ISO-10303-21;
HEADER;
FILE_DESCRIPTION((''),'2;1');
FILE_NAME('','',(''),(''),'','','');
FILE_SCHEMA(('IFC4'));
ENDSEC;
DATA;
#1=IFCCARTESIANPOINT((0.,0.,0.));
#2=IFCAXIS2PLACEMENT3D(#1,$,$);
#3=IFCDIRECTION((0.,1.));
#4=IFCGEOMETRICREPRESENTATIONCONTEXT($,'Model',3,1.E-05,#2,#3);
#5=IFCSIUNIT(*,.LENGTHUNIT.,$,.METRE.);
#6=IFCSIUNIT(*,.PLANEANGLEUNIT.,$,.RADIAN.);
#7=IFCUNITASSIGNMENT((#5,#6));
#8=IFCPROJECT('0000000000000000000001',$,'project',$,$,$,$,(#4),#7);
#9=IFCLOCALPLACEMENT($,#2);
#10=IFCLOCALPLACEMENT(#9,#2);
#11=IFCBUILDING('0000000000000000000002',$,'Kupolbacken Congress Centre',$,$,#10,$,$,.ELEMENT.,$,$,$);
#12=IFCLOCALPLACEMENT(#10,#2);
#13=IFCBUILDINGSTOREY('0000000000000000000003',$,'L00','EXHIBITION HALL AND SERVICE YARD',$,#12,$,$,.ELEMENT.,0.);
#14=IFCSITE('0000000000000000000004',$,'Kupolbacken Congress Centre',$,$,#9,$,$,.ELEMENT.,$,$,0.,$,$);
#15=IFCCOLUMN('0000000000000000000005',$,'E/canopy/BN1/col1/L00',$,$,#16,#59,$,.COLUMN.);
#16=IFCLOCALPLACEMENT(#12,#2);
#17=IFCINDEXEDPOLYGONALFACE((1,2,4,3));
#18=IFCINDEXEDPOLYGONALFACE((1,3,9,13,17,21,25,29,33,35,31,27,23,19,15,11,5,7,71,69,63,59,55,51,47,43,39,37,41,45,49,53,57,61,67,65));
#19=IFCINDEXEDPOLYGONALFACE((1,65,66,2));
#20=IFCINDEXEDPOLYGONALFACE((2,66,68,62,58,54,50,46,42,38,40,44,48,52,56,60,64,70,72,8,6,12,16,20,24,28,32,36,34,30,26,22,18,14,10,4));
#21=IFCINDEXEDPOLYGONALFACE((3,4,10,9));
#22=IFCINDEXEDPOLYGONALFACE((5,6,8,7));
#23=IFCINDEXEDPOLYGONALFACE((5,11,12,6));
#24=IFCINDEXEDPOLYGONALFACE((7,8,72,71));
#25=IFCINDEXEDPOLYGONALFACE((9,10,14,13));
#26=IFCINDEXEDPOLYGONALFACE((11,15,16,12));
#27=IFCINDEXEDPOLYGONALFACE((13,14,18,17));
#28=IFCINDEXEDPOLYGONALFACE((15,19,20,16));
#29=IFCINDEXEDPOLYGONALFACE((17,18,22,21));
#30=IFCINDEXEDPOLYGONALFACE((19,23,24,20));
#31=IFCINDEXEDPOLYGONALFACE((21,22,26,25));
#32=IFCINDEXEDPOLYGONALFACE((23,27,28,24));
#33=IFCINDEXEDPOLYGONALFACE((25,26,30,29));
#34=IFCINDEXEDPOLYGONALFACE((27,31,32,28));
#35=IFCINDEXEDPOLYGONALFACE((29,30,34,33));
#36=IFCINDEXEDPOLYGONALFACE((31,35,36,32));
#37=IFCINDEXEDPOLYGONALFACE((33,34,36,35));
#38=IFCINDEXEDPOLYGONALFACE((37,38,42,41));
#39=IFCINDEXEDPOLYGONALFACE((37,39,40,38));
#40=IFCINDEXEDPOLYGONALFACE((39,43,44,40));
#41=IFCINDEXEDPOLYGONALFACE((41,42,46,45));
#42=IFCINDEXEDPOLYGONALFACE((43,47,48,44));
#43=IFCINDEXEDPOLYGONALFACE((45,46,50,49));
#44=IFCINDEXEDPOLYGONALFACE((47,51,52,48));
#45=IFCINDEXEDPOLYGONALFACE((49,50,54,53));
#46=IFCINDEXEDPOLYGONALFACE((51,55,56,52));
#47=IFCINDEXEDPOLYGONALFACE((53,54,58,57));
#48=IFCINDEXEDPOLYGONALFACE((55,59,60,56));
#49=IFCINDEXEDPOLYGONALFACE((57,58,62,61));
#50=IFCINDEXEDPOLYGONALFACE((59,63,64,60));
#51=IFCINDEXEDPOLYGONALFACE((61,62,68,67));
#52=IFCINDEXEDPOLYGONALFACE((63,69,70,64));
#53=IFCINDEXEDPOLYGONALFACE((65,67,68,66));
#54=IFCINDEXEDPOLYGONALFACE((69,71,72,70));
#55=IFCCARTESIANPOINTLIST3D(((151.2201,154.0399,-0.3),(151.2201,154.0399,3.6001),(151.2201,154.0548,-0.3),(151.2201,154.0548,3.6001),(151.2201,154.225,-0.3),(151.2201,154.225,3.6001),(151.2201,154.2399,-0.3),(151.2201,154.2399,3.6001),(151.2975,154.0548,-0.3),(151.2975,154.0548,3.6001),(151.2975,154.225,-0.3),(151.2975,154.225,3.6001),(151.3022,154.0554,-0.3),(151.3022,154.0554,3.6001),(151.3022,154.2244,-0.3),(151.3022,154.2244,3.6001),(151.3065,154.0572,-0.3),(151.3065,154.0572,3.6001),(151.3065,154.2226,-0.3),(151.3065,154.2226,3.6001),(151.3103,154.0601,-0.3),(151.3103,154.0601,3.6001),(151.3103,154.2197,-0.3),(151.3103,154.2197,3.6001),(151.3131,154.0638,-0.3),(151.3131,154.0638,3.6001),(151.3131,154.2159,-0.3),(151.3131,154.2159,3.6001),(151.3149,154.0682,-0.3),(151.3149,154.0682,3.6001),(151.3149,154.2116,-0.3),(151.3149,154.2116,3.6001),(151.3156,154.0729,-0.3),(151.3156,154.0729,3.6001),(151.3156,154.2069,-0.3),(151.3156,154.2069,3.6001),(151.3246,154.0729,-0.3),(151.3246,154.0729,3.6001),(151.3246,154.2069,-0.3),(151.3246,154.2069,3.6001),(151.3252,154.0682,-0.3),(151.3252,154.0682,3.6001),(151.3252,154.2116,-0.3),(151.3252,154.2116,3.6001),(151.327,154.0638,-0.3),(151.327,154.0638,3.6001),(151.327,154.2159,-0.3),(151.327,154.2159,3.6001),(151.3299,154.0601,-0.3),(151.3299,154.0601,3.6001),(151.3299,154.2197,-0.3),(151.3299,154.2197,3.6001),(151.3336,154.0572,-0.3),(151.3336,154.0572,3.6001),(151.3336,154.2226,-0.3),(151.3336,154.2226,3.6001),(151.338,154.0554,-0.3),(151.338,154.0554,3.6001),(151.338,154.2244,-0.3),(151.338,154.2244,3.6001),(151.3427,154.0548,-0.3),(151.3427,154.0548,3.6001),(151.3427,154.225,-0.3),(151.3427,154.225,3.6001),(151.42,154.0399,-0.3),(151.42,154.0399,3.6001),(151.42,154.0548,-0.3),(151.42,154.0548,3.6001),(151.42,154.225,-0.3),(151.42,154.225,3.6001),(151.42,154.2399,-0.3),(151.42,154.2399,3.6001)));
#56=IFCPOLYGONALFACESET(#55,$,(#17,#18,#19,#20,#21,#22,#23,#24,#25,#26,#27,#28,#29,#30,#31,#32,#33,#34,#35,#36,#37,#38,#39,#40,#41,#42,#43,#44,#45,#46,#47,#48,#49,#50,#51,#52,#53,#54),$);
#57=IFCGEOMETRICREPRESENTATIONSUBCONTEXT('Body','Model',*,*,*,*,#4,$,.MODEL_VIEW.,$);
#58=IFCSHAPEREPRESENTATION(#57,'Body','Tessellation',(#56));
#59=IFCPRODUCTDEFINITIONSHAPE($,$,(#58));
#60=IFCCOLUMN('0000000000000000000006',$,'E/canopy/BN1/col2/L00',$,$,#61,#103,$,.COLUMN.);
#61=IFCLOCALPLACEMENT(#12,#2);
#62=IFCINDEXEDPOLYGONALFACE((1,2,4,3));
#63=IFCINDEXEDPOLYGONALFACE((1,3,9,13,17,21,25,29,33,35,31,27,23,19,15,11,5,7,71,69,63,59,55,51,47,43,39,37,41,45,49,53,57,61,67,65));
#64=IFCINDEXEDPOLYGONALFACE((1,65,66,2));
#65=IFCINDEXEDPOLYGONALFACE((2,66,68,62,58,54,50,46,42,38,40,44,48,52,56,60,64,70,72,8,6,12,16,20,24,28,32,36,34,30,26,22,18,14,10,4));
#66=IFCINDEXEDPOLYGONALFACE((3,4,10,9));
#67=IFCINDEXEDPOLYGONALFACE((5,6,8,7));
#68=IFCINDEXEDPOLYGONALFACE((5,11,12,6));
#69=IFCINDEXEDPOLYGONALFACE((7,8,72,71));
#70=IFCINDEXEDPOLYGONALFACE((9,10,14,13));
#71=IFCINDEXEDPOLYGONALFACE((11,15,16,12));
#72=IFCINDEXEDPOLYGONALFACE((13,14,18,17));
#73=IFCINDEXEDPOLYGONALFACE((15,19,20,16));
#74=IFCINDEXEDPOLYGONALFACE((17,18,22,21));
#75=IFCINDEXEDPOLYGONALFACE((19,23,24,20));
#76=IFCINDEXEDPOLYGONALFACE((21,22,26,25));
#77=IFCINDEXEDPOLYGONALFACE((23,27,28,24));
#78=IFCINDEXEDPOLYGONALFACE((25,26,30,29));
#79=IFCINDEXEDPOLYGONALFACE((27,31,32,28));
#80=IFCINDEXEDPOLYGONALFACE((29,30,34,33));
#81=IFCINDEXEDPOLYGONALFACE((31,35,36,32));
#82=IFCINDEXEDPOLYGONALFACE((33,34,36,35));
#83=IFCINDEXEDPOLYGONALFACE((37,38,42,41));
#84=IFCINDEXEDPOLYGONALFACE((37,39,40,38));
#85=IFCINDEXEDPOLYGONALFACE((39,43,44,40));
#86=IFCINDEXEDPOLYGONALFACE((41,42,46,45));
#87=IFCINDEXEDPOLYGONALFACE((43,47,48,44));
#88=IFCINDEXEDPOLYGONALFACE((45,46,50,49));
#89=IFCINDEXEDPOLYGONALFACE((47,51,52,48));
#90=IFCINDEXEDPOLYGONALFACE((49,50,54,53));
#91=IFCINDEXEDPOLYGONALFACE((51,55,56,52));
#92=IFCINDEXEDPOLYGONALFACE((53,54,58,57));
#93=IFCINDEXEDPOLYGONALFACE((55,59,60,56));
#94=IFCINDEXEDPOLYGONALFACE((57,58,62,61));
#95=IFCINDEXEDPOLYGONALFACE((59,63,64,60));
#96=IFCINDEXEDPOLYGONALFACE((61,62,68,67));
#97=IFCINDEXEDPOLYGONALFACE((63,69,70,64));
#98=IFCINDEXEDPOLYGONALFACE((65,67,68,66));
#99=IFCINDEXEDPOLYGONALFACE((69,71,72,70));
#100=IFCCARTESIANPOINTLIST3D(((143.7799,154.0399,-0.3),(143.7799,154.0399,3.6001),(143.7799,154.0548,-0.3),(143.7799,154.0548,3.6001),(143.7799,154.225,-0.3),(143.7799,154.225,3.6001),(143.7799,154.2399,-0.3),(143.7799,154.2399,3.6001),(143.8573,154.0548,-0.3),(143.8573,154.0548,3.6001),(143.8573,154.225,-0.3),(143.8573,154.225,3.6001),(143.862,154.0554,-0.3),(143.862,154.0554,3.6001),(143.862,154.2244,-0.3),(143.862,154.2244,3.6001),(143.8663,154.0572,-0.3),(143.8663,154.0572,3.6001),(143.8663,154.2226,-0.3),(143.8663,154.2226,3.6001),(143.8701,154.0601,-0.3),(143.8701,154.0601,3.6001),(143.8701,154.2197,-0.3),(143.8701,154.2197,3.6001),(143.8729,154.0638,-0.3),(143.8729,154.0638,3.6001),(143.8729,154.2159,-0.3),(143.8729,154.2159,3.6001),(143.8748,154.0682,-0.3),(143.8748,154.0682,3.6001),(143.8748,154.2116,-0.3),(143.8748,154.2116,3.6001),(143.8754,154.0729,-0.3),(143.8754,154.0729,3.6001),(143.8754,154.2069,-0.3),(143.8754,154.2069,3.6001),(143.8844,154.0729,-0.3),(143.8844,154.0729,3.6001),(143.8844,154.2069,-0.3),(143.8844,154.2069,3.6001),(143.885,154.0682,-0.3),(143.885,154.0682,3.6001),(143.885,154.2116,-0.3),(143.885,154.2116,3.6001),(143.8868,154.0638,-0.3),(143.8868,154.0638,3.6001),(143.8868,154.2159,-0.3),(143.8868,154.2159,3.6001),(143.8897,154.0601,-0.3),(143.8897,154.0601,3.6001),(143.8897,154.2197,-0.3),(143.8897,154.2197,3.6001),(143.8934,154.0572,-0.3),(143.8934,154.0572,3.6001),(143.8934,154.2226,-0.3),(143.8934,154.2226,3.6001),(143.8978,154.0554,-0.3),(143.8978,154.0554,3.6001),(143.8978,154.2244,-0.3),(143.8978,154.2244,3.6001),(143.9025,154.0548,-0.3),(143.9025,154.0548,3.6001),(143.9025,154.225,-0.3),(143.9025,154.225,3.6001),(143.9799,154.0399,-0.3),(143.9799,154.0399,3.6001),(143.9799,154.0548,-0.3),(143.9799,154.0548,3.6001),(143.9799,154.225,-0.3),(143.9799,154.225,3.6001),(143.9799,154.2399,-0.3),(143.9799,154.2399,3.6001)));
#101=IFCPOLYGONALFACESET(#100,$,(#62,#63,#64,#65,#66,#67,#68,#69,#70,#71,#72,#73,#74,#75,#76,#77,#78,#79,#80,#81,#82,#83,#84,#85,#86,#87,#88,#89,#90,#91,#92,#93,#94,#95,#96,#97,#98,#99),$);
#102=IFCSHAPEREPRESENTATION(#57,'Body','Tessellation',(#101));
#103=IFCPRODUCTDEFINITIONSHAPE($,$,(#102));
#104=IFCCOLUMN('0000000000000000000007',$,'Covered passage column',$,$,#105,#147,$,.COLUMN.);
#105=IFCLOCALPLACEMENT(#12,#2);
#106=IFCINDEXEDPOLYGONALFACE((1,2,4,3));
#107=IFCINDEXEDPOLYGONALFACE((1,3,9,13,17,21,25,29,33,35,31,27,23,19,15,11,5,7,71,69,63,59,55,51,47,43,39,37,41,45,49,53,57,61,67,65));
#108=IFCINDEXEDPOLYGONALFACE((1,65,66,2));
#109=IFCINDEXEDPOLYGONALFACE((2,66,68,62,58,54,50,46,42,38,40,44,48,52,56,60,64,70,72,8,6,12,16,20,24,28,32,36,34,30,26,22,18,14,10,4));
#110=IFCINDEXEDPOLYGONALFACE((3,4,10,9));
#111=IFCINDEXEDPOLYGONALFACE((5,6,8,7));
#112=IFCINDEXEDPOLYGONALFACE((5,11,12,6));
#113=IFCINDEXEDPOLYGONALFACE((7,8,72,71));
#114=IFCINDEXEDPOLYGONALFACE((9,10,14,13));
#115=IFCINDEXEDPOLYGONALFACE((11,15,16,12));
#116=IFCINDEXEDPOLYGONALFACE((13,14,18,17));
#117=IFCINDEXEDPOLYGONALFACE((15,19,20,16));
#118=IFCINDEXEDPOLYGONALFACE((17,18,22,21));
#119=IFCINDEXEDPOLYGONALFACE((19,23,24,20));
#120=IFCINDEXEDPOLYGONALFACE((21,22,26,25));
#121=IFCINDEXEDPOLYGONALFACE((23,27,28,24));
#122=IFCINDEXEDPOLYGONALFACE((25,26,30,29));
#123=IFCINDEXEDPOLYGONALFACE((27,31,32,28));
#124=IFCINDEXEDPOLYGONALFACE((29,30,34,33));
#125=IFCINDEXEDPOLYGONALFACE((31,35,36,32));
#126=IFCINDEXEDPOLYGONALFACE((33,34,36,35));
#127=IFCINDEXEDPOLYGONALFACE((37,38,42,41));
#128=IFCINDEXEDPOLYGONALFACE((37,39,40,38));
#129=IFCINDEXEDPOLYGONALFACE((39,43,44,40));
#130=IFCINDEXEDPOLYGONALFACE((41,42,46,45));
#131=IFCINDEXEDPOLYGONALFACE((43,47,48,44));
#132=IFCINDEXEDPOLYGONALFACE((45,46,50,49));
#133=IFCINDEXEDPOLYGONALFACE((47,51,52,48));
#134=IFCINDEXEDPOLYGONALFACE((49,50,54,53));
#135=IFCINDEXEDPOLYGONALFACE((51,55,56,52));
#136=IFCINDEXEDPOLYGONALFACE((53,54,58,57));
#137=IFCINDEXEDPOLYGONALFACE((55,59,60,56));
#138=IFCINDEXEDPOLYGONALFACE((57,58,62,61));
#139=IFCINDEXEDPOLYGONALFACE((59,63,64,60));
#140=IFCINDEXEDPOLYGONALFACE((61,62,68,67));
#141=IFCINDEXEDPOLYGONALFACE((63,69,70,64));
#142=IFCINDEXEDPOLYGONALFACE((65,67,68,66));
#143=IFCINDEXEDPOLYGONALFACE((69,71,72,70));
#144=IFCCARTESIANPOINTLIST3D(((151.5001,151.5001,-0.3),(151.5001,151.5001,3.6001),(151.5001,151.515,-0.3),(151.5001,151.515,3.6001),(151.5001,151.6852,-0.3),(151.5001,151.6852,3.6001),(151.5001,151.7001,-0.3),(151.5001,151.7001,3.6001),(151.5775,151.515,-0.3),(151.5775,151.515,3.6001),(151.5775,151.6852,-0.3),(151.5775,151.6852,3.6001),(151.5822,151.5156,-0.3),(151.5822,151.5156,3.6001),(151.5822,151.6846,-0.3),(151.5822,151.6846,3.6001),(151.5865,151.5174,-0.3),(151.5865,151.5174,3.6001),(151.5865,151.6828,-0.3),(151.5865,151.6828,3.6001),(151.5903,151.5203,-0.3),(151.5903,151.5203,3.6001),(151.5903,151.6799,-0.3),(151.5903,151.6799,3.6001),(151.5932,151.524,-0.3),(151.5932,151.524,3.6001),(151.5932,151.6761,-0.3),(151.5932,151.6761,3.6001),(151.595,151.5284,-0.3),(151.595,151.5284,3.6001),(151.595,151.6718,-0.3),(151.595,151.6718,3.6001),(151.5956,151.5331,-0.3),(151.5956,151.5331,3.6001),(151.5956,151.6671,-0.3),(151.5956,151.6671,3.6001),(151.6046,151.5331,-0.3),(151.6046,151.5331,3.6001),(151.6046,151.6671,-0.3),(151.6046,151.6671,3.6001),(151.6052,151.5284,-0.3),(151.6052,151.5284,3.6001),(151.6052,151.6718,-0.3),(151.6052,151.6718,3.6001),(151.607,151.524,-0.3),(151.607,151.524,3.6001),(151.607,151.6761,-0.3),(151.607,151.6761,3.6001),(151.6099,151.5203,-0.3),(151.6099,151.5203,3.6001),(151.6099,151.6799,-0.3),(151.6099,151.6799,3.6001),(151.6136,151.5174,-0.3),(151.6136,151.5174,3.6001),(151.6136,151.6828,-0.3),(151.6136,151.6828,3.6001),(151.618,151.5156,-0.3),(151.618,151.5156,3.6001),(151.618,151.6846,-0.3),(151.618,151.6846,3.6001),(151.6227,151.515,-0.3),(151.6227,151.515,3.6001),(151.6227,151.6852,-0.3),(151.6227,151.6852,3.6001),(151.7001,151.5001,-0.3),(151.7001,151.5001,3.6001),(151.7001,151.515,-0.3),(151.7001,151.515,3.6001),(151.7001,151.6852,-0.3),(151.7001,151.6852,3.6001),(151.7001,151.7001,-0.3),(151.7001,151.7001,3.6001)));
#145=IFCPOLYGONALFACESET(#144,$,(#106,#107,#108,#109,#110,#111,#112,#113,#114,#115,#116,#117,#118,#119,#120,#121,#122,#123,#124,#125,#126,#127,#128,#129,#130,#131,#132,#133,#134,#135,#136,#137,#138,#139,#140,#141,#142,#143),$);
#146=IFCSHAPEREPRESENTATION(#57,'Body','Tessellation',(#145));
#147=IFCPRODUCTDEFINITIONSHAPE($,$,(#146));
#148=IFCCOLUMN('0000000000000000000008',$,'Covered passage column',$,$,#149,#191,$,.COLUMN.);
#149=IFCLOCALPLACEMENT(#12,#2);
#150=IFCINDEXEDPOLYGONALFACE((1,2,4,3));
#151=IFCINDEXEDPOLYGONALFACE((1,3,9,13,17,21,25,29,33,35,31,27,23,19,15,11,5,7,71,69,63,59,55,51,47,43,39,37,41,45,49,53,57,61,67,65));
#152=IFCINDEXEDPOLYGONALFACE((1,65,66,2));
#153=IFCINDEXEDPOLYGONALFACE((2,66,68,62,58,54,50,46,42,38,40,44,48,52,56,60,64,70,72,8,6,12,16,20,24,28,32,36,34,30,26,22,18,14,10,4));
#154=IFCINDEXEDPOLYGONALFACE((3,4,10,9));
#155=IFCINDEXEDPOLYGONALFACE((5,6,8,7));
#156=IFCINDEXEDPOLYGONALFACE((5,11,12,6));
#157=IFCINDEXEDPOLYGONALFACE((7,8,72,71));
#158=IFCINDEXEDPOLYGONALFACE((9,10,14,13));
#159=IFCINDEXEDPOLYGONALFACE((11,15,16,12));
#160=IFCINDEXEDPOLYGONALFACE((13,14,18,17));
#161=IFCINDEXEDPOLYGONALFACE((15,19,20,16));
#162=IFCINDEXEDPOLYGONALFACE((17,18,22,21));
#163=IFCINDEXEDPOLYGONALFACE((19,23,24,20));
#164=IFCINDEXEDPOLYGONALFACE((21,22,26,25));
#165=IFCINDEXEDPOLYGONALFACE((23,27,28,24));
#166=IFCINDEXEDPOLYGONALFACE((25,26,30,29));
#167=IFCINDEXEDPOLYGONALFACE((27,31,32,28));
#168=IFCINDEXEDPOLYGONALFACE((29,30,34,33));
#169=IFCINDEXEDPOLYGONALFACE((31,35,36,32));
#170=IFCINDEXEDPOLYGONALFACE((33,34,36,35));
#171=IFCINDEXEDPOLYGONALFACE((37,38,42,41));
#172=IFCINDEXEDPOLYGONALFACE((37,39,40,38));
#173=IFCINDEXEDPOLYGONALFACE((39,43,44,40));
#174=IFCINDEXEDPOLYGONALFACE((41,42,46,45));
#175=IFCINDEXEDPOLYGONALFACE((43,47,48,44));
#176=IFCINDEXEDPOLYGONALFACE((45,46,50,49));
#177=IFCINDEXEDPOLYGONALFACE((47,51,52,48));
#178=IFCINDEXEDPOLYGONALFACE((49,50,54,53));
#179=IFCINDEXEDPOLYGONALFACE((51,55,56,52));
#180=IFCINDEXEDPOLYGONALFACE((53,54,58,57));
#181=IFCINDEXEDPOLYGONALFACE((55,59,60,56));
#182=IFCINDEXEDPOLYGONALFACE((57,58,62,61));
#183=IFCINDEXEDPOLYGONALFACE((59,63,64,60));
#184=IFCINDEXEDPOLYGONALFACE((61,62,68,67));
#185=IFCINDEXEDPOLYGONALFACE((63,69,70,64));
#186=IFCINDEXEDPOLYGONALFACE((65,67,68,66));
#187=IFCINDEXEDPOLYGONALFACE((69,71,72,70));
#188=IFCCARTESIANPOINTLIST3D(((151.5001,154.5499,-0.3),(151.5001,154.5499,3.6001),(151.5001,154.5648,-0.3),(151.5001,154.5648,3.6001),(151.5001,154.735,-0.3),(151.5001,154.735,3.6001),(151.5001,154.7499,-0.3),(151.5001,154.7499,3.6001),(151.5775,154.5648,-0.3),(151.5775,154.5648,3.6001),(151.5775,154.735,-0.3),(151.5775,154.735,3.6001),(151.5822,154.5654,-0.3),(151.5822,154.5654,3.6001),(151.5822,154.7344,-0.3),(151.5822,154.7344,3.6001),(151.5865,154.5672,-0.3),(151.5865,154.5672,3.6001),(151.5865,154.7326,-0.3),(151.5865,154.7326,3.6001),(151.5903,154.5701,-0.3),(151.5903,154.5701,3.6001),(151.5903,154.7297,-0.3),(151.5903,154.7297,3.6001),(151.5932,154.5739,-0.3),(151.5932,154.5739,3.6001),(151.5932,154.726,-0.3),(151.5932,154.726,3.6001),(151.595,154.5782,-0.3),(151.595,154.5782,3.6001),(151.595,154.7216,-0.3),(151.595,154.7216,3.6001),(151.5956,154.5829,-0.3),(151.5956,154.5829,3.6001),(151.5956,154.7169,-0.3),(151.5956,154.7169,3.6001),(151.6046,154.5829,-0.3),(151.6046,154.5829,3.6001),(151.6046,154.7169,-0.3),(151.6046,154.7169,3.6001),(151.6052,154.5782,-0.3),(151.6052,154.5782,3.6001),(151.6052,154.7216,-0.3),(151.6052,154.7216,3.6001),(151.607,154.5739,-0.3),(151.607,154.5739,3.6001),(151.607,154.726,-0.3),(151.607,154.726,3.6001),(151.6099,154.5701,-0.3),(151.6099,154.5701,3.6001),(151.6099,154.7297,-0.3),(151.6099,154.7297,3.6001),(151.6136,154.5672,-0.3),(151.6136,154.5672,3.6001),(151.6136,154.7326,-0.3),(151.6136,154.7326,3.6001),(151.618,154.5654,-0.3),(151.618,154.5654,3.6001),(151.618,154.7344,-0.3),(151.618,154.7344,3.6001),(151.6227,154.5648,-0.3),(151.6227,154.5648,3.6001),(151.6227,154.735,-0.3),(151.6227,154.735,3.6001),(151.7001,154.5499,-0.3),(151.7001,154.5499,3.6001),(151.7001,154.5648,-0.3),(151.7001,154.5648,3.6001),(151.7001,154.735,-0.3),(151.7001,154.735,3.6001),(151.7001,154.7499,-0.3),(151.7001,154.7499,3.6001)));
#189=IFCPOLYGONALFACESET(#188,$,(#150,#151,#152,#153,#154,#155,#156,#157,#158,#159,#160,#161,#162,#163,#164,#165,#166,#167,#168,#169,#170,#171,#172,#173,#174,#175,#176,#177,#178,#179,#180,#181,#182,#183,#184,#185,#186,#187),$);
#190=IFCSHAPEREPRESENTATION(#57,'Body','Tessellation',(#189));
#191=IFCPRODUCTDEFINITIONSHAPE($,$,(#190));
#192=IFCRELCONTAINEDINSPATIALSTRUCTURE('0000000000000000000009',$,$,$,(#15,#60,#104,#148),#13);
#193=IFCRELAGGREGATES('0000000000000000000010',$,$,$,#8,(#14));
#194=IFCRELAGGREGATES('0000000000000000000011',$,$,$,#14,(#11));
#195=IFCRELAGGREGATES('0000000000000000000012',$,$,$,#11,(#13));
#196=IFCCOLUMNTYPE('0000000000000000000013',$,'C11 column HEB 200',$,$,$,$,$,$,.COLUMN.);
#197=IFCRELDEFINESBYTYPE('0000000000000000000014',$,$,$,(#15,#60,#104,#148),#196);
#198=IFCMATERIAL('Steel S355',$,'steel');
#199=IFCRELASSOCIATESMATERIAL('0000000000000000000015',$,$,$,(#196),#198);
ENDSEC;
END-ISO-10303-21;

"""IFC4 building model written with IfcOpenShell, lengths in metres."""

from ifc_helpers import new_model, si_unit, direction, frame, origin, origin_2d, place, context, subcontext, project, spatial, i_section, extrude, material, material_profile, profile_set, type_object, element, save


model = new_model("IFC4")

# Units and contexts
model_context = context("Model", 3, precision=1e-05, world=origin(), true_north=direction((0.0, 1.0)))
body_context = subcontext(model_context, "Body", "Model", "MODEL_VIEW")
ifc_project = project(units=[si_unit("LENGTHUNIT", "METRE"), si_unit("PLANEANGLEUNIT", "RADIAN")], contexts=[model_context])

# Site, building, storey
site_placement = place(None, origin())
site = spatial("IfcSite", under=ifc_project, at=site_placement, Name="Kupolbacken Congress Centre", CompositionType="ELEMENT", RefElevation=0.0)
building_placement = place(site_placement, origin())
building = spatial("IfcBuilding", under=site, at=building_placement, Name="Kupolbacken Congress Centre", CompositionType="ELEMENT")
storey_placement = place(building_placement, origin())
storey = spatial("IfcBuildingStorey", under=building, at=storey_placement, Name="L00", Description="EXHIBITION HALL AND SERVICE YARD", CompositionType="ELEMENT", Elevation=0.0)

# Columns
ifc_material_1 = material(Name="Steel S355", Category="steel")
ifc_material_profile_1 = material_profile(ifc_material_1, i_section(OverallWidth=0.2, OverallDepth=0.2, WebThickness=0.009, FlangeThickness=0.0149, FilletRadius=0.0181, at=origin_2d()), Name="HEB 200")
ifc_profile_set_1 = profile_set([ifc_material_profile_1], Name="Steel S355")
column_type_1 = type_object("IfcColumnType", Name="C11 column HEB 200", PredefinedType="COLUMN", material=ifc_profile_set_1)
for number, where, z_axis, x_axis, name in (
    (1, (151.3201, 154.1399, -0.3), (0.0, 0.0, 1.0), (1.0, 0.0, 0.0), "E/canopy/BN1/col1/L00"),
    (2, (143.8799, 154.1399, -0.3), (0.0, 0.0, 1.0), (1.0, 0.0, 0.0), "E/canopy/BN1/col2/L00"),
    (3, (151.6001, 151.6001, -0.3), (0.0, 0.0, 1.0), (1.0, 0.0, 0.0), "Covered passage column"),
    (4, (151.6001, 154.6499, -0.3), (0.0, 0.0, 1.0), (1.0, 0.0, 0.0), "Covered passage column"),
):
    element("IfcColumn", number, at=place(storey_placement, frame(where, z_axis=z_axis, x_axis=x_axis)), inside=storey, type_object=column_type_1, Name=name, PredefinedType="COLUMN", context=body_context, shape_type="SweptSolid", body=[
        extrude(i_section(OverallWidth=0.2, OverallDepth=0.2, WebThickness=0.009, FlangeThickness=0.0149, FilletRadius=0.0181, at=origin_2d()), origin(), (0.0, 0.0, 1.0), 3.9001),
    ])

save(model, "model.ifc")
